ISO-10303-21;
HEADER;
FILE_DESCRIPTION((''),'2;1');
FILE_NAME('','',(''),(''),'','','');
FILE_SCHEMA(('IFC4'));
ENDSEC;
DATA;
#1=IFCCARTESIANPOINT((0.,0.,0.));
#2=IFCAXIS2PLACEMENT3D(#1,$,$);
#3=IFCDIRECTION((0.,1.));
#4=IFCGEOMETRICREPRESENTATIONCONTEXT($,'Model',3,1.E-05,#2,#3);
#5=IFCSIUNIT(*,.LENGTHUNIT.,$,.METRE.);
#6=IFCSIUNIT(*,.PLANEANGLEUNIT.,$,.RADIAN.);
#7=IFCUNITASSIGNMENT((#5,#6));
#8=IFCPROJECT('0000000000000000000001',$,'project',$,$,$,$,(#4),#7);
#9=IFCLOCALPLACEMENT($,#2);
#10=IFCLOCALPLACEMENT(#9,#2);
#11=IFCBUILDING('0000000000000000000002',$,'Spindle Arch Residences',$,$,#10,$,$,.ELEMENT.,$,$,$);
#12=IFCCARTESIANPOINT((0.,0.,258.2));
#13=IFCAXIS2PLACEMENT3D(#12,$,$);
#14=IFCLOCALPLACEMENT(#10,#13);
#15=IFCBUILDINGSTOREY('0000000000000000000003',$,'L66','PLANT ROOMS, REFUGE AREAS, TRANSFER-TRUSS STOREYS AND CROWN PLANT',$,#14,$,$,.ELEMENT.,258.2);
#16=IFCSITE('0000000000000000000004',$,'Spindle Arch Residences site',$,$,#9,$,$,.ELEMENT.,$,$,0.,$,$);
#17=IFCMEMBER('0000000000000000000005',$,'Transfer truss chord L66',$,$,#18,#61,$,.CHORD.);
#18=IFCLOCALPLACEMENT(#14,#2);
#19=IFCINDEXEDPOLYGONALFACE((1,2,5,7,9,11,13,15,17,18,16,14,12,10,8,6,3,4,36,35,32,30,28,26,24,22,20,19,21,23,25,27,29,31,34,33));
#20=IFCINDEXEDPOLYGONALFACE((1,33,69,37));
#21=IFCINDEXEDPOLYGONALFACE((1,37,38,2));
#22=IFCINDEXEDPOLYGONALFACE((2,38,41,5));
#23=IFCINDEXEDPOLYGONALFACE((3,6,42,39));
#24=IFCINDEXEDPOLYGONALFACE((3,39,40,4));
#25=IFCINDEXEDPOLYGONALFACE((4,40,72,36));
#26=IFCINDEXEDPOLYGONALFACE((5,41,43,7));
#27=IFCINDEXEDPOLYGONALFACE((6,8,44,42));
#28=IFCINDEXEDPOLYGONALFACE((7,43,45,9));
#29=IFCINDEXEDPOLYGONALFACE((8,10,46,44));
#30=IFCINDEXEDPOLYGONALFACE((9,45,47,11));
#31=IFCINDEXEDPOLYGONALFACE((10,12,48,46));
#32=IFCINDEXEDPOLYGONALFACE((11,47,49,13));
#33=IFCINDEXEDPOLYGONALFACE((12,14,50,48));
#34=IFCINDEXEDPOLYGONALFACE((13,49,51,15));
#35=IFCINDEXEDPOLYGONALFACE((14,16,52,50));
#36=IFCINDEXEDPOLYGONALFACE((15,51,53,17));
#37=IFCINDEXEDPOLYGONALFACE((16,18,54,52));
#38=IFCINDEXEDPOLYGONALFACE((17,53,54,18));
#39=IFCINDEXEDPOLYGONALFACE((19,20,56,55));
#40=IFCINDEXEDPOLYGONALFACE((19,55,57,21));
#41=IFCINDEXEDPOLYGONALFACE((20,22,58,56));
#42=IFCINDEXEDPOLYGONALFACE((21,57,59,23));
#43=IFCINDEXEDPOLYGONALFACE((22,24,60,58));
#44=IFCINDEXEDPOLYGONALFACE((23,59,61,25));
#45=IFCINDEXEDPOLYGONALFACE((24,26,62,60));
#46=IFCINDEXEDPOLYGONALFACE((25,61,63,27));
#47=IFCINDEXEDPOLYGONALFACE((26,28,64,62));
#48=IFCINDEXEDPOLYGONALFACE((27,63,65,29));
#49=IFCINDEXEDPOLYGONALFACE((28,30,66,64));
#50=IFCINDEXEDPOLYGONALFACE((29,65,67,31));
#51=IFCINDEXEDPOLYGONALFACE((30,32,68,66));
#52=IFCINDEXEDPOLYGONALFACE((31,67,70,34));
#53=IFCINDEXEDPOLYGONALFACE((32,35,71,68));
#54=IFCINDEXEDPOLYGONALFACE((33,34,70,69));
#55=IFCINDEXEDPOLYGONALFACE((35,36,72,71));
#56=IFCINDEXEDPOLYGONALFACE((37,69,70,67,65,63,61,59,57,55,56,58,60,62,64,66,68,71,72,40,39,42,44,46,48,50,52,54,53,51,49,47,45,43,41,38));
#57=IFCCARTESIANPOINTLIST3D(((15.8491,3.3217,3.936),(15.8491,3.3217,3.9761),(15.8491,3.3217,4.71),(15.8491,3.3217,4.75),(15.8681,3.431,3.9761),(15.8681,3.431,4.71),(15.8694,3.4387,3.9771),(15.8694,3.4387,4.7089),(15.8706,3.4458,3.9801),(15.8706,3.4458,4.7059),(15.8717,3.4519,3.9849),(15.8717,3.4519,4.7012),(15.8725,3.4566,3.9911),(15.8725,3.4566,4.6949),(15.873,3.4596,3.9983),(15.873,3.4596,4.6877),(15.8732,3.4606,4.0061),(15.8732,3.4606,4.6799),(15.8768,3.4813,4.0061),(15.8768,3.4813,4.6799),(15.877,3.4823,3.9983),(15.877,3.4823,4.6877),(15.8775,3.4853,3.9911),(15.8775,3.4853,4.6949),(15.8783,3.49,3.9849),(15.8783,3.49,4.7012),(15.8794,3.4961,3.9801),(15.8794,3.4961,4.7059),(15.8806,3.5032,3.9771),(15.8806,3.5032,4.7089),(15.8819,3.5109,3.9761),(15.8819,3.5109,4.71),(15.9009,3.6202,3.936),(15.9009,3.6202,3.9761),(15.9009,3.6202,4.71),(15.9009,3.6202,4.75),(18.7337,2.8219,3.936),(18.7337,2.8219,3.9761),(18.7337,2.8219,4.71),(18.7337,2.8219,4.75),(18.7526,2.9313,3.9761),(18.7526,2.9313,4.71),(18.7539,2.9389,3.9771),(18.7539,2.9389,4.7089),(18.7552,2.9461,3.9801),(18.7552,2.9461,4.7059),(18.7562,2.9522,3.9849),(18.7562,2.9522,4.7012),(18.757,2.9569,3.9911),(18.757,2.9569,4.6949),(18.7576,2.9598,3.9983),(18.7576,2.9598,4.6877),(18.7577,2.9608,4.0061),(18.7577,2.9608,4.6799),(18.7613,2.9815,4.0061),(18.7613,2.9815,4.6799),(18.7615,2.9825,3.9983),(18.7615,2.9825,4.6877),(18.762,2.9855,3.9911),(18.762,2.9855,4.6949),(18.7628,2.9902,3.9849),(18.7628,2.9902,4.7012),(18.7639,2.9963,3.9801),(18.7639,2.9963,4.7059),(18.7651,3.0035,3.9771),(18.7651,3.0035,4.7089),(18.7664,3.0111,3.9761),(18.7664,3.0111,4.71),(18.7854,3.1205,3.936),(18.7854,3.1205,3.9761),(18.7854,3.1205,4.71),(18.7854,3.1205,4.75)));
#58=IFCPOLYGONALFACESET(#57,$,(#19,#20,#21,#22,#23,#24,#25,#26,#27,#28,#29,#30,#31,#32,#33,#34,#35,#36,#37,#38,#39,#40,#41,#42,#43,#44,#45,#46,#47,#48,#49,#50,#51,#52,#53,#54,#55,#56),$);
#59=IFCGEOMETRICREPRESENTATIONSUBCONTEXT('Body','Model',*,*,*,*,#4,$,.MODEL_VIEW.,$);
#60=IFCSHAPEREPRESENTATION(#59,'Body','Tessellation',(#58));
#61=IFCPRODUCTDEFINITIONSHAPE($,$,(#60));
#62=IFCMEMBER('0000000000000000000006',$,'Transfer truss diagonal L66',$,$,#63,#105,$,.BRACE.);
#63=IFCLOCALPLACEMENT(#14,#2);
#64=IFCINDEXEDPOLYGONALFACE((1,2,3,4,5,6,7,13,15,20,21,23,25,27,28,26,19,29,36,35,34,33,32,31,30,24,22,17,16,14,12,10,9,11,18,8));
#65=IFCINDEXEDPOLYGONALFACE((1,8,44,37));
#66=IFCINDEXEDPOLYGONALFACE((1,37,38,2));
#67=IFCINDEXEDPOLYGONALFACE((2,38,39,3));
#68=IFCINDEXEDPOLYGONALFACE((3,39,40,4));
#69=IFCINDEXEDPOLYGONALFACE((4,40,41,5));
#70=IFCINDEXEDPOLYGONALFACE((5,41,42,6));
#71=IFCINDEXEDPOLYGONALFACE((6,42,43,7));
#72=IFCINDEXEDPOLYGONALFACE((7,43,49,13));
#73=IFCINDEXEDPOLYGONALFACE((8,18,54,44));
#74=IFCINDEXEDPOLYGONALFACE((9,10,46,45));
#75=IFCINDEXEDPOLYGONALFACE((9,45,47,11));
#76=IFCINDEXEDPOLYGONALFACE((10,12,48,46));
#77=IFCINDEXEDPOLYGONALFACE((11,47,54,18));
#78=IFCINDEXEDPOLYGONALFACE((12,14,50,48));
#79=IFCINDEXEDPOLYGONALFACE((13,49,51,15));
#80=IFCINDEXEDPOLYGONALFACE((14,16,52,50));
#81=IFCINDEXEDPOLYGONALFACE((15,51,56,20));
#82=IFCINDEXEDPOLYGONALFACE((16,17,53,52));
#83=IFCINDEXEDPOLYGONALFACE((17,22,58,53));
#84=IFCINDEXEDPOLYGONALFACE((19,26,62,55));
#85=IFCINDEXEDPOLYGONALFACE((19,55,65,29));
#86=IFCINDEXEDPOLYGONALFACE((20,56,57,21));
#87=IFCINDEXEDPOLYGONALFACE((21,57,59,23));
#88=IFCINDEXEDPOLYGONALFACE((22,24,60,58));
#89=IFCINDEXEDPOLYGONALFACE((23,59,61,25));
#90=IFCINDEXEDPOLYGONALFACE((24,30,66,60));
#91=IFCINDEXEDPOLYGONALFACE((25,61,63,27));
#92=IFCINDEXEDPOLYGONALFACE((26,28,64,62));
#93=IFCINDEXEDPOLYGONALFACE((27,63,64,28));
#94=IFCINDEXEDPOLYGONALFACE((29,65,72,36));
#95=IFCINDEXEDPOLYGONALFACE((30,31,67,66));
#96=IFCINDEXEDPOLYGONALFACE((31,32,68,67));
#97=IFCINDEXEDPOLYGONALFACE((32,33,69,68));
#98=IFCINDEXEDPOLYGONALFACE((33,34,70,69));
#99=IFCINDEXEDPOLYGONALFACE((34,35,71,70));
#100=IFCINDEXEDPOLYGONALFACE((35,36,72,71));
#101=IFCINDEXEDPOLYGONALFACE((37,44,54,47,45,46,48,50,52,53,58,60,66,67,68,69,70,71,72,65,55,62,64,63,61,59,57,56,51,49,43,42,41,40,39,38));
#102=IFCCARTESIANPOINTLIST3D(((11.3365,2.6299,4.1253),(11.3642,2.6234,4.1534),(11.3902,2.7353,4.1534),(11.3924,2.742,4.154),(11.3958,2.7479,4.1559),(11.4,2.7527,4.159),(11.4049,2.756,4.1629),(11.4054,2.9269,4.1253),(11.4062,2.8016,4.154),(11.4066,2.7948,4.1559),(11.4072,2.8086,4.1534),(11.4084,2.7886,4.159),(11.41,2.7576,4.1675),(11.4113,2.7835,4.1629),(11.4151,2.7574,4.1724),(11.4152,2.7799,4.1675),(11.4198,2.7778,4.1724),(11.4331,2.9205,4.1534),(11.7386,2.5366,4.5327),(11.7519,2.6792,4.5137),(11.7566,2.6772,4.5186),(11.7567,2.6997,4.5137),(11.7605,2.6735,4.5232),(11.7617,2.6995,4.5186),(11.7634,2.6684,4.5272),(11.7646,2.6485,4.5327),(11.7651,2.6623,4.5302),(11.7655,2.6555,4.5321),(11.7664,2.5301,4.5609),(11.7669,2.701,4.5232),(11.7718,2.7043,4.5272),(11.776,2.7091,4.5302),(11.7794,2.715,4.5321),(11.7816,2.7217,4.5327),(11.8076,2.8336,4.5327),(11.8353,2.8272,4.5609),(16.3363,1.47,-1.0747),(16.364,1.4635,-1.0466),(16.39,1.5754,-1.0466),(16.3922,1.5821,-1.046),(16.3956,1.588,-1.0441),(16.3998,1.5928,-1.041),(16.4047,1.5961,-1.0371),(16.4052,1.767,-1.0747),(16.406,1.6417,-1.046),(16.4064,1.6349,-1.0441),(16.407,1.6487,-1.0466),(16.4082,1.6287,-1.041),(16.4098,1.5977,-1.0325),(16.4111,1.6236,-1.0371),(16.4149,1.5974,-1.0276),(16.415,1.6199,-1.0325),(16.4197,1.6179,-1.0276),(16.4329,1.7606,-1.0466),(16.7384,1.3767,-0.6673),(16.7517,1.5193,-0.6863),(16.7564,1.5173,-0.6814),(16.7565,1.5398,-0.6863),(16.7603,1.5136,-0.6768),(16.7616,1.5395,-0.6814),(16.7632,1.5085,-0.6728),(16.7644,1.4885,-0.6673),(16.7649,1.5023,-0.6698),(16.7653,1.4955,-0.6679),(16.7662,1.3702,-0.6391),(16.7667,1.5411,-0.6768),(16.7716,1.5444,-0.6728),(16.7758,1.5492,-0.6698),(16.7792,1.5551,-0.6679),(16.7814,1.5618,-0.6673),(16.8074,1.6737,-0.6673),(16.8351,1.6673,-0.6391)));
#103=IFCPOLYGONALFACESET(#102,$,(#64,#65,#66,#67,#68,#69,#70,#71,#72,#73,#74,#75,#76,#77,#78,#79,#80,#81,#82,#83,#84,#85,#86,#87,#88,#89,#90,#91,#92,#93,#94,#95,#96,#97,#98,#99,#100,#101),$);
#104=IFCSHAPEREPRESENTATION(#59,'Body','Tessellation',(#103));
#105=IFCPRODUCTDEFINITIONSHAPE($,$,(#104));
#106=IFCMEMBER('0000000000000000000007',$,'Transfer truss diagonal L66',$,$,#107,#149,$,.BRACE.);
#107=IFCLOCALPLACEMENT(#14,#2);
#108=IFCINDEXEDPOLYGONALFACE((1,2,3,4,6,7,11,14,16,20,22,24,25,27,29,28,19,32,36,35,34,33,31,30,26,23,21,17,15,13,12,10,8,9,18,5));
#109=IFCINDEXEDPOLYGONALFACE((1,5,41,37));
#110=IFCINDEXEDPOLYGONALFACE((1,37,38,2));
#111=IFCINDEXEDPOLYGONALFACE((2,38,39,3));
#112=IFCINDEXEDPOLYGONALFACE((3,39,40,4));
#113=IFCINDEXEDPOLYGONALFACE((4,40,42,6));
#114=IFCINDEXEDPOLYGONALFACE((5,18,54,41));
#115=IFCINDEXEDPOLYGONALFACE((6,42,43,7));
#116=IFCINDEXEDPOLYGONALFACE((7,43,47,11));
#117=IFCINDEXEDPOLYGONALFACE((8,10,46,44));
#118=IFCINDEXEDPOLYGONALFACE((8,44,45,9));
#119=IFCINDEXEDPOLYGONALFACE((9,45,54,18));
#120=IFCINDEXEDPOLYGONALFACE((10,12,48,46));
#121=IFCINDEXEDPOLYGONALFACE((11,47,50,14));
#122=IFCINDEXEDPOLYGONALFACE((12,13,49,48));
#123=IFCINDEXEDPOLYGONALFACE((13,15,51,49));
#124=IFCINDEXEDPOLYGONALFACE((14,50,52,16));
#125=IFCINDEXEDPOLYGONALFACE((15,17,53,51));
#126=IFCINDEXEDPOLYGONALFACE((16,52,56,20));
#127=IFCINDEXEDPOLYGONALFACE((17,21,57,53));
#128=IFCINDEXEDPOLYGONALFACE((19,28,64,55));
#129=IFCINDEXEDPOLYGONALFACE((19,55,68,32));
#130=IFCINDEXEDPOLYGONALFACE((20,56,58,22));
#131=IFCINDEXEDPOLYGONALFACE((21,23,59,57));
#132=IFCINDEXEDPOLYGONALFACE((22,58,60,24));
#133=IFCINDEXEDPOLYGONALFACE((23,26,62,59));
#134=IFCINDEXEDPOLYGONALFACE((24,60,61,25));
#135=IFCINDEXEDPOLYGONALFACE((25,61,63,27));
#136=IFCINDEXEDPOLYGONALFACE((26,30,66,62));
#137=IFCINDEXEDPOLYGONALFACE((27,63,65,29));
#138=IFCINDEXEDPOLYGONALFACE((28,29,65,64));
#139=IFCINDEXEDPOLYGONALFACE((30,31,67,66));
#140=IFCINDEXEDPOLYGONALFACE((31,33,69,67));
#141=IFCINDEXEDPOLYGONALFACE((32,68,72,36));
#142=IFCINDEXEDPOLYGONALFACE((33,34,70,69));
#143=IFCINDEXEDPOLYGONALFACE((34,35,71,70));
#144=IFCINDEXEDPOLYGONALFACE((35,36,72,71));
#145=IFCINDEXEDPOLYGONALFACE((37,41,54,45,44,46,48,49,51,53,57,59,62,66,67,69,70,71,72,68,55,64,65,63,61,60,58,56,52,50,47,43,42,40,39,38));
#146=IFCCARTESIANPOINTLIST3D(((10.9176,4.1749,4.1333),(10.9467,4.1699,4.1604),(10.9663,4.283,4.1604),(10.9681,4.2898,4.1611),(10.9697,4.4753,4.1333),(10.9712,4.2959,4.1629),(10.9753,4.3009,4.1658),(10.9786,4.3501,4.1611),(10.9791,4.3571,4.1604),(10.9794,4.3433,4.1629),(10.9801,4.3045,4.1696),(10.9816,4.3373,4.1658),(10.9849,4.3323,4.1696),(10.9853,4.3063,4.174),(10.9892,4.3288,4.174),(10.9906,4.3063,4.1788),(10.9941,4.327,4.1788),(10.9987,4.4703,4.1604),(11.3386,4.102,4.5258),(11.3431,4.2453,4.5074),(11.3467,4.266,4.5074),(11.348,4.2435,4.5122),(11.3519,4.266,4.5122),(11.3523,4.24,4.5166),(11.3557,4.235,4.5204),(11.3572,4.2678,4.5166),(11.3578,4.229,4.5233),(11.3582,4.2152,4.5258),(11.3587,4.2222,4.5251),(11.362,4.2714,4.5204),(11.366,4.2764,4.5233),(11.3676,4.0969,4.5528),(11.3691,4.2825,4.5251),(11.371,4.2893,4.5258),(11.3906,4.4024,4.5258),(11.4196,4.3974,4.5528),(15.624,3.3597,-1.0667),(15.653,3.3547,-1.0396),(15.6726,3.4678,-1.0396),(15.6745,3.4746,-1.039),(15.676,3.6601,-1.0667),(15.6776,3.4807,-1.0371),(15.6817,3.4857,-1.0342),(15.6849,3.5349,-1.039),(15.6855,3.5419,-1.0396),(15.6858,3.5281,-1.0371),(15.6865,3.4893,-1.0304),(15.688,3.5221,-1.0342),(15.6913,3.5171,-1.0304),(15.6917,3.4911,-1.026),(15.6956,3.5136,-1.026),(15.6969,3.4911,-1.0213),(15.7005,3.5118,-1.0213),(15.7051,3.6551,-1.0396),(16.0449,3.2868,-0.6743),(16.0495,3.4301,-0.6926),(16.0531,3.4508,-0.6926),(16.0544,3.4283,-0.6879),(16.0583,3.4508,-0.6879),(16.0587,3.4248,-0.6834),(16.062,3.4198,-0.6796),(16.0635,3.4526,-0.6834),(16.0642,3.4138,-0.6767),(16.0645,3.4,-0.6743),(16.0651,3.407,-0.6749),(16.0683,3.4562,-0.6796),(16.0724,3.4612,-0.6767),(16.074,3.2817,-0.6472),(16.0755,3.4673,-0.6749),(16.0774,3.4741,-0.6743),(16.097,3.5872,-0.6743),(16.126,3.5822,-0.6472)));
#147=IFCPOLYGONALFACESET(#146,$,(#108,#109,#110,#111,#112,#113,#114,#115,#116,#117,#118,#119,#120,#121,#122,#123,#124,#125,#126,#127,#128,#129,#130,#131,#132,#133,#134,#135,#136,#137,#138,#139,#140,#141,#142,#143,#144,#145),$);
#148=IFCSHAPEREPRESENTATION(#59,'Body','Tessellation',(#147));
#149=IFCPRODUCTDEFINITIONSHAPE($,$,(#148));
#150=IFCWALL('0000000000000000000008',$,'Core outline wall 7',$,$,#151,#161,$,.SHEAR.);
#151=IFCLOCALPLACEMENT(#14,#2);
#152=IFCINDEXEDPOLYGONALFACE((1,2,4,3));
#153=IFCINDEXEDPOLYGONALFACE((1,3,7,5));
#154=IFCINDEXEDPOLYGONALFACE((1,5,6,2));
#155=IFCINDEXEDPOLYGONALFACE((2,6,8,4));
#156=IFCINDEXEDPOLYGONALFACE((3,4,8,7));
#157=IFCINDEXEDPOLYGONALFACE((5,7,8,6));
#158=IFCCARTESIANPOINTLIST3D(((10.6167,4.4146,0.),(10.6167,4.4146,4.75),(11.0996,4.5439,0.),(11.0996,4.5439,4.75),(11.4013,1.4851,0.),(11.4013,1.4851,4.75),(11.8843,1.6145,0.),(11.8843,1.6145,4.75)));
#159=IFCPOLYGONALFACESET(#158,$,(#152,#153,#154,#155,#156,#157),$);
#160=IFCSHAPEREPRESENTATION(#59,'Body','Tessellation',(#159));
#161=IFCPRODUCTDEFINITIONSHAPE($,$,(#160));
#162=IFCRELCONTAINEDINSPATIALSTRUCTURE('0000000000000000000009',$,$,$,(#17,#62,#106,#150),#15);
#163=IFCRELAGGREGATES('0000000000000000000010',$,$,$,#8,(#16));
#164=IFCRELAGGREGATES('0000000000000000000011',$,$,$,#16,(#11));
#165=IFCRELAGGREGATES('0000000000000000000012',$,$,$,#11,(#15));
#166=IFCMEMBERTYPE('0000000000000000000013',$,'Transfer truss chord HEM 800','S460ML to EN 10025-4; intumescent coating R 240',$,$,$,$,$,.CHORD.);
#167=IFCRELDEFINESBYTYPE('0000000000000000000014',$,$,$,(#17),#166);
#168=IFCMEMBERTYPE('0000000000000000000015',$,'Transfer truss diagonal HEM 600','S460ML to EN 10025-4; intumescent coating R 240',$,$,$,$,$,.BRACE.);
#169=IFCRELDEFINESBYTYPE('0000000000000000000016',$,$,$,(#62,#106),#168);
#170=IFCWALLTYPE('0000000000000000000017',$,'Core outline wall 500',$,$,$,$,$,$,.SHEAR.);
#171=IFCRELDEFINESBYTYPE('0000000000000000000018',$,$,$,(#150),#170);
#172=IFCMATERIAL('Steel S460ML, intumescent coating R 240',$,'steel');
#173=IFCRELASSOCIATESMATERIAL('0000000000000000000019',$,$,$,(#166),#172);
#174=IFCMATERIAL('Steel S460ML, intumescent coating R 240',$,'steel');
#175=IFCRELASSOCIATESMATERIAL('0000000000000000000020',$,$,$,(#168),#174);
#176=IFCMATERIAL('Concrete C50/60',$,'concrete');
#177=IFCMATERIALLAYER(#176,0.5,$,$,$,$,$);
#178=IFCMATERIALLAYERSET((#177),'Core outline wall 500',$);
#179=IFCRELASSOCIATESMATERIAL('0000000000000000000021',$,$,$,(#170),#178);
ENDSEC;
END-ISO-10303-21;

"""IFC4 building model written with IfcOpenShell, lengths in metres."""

from ifc_helpers import new_model, si_unit, direction, frame, frame_2d, origin, origin_2d, place, context, subcontext, project, spatial, rectangle, i_section, extrude, material, layer, layer_set, material_profile, profile_set, type_object, element, save


model = new_model("IFC4")

# Units and contexts
model_context = context("Model", 3, precision=1e-05, world=origin(), true_north=direction((0.0, 1.0)))
body_context = subcontext(model_context, "Body", "Model", "MODEL_VIEW")
ifc_project = project(units=[si_unit("LENGTHUNIT", "METRE"), si_unit("PLANEANGLEUNIT", "RADIAN")], contexts=[model_context])

# Site, building, storey
site_placement = place(None, origin())
site = spatial("IfcSite", under=ifc_project, at=site_placement, Name="Spindle Arch Residences site", CompositionType="ELEMENT", RefElevation=0.0)
building_placement = place(site_placement, origin())
building = spatial("IfcBuilding", under=site, at=building_placement, Name="Spindle Arch Residences", CompositionType="ELEMENT")
storey_placement = place(building_placement, frame((0.0, 0.0, 258.2)))
storey = spatial("IfcBuildingStorey", under=building, at=storey_placement, Name="L66", Description="PLANT ROOMS, REFUGE AREAS, TRANSFER-TRUSS STOREYS AND CROWN PLANT", CompositionType="ELEMENT", Elevation=258.2)

# Members
ifc_material_1 = material(Name="Steel S460ML, intumescent coating R 240", Category="steel")
ifc_material_profile_1 = material_profile(ifc_material_1, i_section(OverallWidth=0.303, OverallDepth=0.814, WebThickness=0.021, FlangeThickness=0.04, FilletRadius=0.03, at=origin_2d()), Name="HEM 800")
ifc_profile_set_1 = profile_set([ifc_material_profile_1], Name="Steel S460ML, intumescent coating R 240")
member_type_1 = type_object("IfcMemberType", Name="Transfer truss chord HEM 800", Description="S460ML to EN 10025-4; intumescent coating R 240", PredefinedType="CHORD", material=ifc_profile_set_1)
for number, where, z_axis, x_axis, name in (
    (1, (15.875, 3.4709, 4.343), (0.985321, -0.170711, 0.0), (0.170711, 0.985321, 0.0), "Transfer truss chord L66"),
):
    element("IfcMember", number, at=place(storey_placement, frame(where, z_axis=z_axis, x_axis=x_axis)), inside=storey, type_object=member_type_1, Name=name, PredefinedType="CHORD", context=body_context, shape_type="SweptSolid", body=[
        extrude(i_section(OverallWidth=0.303, OverallDepth=0.814, WebThickness=0.021, FlangeThickness=0.04, FilletRadius=0.03, at=origin_2d()), origin(), (0.0, 0.0, 1.0), 2.9275),
    ])
ifc_material_2 = material(Name="Steel S460ML, intumescent coating R 240", Category="steel")
ifc_material_profile_2 = material_profile(ifc_material_2, i_section(OverallWidth=0.3049, OverallDepth=0.6201, WebThickness=0.021, FlangeThickness=0.04, FilletRadius=0.0271, at=origin_2d()), Name="HEM 600")
ifc_profile_set_2 = profile_set([ifc_material_profile_2], Name="Steel S460ML, intumescent coating R 240")
member_type_2 = type_object("IfcMemberType", Name="Transfer truss diagonal HEM 600", Description="S460ML to EN 10025-4; intumescent coating R 240", PredefinedType="BRACE", material=ifc_profile_set_2)
member_1_placement = place(storey_placement, frame((16.5857, 1.5686, -0.8569), z_axis=(-0.684305, 0.158754, 0.711705), x_axis=(-0.225992, -0.974129, 0.0)))
element("IfcMember", 2, at=member_1_placement, inside=storey, type_object=member_type_2, Name="Transfer truss diagonal L66", PredefinedType="BRACE", context=body_context, shape_type="SweptSolid", body=[
    extrude(i_section(OverallWidth=0.3049, OverallDepth=0.6201, WebThickness=0.021, FlangeThickness=0.04, FilletRadius=0.0271, at=origin_2d()), origin(), (0.0, 0.0, 1.0), 7.3064),
])
member_2_placement = place(storey_placement, frame((15.875, 3.4709, -0.8569), z_axis=(-0.66655, 0.115454, 0.736466), x_axis=(-0.17067, -0.985328, 0.0)))
element("IfcMember", 3, at=member_2_placement, inside=storey, type_object=member_type_2, Name="Transfer truss diagonal L66", PredefinedType="BRACE", context=body_context, shape_type="SweptSolid", body=[
    extrude(i_section(OverallWidth=0.3049, OverallDepth=0.6201, WebThickness=0.021, FlangeThickness=0.04, FilletRadius=0.0271, at=origin_2d()), origin(), (0.0, 0.0, 1.0), 7.0608),
])

# Wall
ifc_material_3 = material(Name="Concrete C50/60", Category="concrete")
ifc_layer_1 = layer(ifc_material_3, 0.5)
ifc_layer_set_1 = layer_set([ifc_layer_1], Name="Core outline wall 500")
wall_type_1 = type_object("IfcWallType", Name="Core outline wall 500", PredefinedType="SHEAR", material=ifc_layer_set_1)
wall_1_placement = place(storey_placement, frame((11.6428, 1.5498, 0.0), z_axis=(0.0, 0.0, 1.0), x_axis=(-0.258735, 0.965948, 0.0)))
element("IfcWall", 4, at=wall_1_placement, inside=storey, type_object=wall_type_1, Name="Core outline wall 7", PredefinedType="SHEAR", context=body_context, shape_type="SweptSolid", body=[
    extrude(rectangle(XDim=3.0327, YDim=0.5, at=frame_2d((1.5164, 0.0))), origin(), (0.0, 0.0, 1.0), 4.75),
])

save(model, "model.ifc")
